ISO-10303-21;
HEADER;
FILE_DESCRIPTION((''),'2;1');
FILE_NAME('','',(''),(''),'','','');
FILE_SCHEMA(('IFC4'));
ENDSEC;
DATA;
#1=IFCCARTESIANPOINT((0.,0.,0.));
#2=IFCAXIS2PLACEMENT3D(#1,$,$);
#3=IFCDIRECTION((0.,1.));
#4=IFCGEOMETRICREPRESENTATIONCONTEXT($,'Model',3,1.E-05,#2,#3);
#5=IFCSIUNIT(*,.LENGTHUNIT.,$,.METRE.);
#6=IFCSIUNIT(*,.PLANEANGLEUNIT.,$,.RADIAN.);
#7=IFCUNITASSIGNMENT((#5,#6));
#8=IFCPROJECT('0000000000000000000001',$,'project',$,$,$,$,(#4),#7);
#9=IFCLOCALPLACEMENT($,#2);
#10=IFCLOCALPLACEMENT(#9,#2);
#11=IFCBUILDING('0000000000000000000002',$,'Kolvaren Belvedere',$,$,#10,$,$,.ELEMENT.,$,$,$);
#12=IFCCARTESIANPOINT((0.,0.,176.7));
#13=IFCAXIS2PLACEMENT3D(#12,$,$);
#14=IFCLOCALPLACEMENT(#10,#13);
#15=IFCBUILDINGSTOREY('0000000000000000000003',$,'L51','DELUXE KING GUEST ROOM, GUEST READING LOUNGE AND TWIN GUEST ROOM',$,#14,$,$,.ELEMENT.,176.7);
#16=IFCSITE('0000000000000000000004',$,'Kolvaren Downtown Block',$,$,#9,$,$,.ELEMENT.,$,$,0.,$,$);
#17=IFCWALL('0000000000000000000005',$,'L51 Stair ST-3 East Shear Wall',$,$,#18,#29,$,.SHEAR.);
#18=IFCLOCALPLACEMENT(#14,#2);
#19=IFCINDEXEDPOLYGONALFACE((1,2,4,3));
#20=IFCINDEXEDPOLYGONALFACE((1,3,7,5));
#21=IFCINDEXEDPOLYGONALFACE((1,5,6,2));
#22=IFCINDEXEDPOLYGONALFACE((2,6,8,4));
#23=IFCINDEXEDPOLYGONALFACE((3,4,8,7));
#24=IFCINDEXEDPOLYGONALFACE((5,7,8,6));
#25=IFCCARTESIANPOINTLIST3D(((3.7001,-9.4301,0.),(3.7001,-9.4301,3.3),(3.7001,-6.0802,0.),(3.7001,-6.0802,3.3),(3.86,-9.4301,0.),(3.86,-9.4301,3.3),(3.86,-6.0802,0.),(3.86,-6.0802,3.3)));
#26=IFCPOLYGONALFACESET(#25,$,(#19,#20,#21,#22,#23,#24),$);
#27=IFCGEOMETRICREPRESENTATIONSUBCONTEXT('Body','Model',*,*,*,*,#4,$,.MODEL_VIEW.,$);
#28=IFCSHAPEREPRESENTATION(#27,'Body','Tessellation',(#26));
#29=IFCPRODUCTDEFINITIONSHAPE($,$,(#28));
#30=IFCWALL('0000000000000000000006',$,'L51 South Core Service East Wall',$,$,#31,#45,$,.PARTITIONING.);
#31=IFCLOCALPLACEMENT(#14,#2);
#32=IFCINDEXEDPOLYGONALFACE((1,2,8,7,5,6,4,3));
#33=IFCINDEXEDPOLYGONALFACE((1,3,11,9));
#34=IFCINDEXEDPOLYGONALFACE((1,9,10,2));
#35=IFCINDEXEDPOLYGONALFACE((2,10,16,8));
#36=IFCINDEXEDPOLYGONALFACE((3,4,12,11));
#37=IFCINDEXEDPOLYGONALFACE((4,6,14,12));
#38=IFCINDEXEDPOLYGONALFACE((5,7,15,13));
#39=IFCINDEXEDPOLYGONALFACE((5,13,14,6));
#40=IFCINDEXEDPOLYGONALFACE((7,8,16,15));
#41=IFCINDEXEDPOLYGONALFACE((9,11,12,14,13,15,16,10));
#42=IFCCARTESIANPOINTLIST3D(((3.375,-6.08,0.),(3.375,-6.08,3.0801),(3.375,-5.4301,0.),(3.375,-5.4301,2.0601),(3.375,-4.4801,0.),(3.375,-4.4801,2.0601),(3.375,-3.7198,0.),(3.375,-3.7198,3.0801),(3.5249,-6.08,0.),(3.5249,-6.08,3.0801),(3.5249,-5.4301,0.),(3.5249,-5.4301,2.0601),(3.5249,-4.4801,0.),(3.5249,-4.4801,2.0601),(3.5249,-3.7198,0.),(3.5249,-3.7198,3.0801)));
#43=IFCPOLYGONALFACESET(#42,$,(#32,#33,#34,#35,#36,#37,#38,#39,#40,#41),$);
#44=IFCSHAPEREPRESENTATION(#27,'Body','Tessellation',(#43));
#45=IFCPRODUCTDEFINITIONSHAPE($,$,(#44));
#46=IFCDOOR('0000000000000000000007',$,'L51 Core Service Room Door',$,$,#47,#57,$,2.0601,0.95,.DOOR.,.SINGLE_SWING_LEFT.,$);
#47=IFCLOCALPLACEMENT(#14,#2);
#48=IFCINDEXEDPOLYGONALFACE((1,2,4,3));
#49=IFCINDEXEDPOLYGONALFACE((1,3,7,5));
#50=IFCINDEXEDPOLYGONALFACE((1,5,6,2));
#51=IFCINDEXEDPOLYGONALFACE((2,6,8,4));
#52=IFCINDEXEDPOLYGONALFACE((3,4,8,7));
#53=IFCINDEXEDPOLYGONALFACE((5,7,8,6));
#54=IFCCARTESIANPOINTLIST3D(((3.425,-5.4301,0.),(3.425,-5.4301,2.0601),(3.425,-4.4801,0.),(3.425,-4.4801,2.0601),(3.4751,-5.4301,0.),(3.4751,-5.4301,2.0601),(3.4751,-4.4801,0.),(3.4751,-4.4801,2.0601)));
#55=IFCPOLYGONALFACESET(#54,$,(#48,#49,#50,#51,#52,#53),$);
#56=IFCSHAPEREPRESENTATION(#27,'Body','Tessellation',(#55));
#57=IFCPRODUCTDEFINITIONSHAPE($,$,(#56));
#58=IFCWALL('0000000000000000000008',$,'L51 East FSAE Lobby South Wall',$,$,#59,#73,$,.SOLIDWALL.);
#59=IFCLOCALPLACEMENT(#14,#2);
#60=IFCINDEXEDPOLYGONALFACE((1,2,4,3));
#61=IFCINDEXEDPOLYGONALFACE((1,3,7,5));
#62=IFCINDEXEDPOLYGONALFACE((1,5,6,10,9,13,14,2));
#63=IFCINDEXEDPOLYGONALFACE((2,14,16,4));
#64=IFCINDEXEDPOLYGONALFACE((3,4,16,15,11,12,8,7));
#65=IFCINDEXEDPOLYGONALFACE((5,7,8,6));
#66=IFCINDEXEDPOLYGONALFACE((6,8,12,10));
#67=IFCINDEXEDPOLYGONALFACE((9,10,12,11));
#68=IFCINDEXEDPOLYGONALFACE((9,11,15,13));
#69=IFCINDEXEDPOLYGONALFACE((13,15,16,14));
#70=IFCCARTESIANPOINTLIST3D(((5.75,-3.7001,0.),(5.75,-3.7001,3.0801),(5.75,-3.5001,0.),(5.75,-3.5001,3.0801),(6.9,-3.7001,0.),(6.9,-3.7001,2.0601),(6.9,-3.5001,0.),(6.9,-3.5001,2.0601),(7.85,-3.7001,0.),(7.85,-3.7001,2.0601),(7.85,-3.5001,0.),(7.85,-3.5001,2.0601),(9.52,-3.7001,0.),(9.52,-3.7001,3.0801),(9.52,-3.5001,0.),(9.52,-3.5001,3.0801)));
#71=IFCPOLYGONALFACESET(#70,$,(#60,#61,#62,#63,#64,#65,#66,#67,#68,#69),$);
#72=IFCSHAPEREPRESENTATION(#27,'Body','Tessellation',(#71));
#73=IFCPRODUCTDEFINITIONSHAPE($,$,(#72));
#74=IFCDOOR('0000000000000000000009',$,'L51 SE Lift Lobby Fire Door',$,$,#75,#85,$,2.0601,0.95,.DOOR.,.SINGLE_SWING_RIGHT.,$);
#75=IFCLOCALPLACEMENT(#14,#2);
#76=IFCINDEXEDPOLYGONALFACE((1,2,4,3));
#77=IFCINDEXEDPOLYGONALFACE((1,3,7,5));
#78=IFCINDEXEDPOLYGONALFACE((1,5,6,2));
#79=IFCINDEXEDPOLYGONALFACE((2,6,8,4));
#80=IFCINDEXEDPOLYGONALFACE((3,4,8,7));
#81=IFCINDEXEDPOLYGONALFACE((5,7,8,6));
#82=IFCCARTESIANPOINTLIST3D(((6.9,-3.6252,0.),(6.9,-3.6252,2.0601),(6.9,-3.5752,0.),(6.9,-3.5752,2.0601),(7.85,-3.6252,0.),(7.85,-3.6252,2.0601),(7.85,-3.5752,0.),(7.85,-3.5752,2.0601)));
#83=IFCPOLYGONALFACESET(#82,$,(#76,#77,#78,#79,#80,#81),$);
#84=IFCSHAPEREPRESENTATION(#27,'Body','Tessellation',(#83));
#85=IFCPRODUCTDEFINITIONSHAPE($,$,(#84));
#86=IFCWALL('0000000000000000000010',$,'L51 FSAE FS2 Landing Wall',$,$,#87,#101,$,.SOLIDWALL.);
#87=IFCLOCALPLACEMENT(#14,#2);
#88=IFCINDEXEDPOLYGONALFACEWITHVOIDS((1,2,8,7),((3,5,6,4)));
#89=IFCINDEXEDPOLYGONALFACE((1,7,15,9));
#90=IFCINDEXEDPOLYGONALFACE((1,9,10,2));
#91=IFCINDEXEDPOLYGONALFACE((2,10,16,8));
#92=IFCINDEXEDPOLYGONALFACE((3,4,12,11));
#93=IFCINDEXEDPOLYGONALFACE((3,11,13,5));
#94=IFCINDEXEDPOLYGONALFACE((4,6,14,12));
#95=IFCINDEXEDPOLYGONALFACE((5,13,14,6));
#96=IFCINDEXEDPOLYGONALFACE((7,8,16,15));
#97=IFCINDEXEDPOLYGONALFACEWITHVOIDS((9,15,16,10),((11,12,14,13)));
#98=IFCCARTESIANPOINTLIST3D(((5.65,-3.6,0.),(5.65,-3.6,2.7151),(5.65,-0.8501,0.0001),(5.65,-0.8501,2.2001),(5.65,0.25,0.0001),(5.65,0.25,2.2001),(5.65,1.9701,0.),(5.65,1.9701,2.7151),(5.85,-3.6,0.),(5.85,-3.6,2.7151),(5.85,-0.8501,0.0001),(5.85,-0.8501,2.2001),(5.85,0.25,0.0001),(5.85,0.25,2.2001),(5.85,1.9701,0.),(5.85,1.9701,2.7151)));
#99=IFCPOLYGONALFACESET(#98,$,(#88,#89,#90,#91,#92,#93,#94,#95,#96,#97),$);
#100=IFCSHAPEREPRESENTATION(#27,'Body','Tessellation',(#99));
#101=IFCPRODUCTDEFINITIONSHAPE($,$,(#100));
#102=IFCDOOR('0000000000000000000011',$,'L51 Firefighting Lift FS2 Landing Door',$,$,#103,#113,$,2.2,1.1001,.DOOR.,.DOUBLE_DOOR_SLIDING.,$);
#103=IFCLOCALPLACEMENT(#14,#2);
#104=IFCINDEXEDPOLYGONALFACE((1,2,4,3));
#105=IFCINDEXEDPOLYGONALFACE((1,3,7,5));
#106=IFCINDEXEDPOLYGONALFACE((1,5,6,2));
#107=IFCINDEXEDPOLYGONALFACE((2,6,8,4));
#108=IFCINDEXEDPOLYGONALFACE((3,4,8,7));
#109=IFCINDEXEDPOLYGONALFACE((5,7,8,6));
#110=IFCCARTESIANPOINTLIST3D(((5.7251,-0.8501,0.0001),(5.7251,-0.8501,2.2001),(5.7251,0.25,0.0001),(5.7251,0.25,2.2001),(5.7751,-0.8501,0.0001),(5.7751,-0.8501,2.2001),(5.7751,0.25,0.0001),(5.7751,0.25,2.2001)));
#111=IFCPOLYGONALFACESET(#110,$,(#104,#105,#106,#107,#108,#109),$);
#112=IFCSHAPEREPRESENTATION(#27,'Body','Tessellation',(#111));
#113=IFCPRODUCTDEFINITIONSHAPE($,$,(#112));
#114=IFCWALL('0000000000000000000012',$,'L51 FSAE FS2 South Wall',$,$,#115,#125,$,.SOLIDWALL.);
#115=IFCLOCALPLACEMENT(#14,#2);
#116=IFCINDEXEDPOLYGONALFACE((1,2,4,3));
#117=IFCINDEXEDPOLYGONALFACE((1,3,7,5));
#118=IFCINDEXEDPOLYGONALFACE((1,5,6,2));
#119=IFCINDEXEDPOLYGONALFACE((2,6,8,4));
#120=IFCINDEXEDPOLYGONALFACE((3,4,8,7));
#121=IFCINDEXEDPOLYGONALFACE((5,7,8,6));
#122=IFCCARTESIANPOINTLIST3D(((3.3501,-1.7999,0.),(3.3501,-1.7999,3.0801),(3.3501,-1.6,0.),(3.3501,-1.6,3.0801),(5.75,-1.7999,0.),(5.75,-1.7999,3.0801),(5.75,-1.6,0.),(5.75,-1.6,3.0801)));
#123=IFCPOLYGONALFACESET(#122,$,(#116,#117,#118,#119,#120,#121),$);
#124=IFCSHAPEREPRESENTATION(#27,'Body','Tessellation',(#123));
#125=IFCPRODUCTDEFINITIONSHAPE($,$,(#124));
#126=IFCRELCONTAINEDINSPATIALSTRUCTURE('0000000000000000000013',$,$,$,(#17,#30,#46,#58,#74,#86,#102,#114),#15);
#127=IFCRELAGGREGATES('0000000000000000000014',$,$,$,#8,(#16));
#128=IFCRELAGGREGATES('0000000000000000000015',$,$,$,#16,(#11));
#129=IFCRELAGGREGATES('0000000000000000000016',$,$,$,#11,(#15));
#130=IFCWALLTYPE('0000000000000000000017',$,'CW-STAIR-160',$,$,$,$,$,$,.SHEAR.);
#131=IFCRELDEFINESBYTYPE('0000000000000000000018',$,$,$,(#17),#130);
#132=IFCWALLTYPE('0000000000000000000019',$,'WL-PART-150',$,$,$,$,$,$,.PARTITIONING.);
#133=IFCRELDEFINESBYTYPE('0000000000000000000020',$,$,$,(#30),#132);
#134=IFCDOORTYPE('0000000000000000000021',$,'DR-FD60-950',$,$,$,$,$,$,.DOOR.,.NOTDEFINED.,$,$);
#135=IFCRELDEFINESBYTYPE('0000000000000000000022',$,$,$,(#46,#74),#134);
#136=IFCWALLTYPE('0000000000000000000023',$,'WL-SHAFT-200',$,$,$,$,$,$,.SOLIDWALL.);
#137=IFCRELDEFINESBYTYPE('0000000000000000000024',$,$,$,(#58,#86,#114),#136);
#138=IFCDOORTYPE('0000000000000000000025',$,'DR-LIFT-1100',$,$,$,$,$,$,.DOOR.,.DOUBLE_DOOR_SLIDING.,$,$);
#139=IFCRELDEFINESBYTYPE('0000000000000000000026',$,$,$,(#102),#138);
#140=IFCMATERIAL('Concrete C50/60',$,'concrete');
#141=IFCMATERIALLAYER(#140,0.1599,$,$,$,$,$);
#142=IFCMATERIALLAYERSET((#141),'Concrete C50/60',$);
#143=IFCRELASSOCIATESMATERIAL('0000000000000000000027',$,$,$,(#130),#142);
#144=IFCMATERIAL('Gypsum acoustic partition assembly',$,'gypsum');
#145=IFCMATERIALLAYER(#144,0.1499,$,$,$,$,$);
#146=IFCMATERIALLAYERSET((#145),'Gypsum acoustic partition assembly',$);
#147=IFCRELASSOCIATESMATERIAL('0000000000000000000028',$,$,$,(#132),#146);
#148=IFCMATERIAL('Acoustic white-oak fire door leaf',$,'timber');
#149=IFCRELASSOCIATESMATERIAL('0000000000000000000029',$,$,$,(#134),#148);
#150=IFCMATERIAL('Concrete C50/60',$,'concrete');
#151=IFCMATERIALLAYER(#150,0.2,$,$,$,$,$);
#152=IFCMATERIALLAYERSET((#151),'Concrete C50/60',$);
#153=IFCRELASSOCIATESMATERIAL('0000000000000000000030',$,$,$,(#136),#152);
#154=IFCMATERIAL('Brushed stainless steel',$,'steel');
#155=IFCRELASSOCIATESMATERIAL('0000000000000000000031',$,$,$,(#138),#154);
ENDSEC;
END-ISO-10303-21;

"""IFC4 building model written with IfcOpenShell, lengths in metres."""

from ifc_helpers import new_model, si_unit, direction, frame, frame_2d, origin, place, context, subcontext, project, spatial, rectangle, extrude, material, layer, layer_set, type_object, element, fill, save


model = new_model("IFC4")

# Units and contexts
model_context = context("Model", 3, precision=1e-05, world=origin(), true_north=direction((0.0, 1.0)))
body_context = subcontext(model_context, "Body", "Model", "MODEL_VIEW")
ifc_project = project(units=[si_unit("LENGTHUNIT", "METRE"), si_unit("PLANEANGLEUNIT", "RADIAN")], contexts=[model_context])

# Site, building, storey
site_placement = place(None, origin())
site = spatial("IfcSite", under=ifc_project, at=site_placement, Name="Kolvaren Downtown Block", CompositionType="ELEMENT", RefElevation=0.0)
building_placement = place(site_placement, origin())
building = spatial("IfcBuilding", under=site, at=building_placement, Name="Kolvaren Belvedere", CompositionType="ELEMENT")
storey_placement = place(building_placement, frame((0.0, 0.0, 176.7)))
storey = spatial("IfcBuildingStorey", under=building, at=storey_placement, Name="L51", Description="DELUXE KING GUEST ROOM, GUEST READING LOUNGE AND TWIN GUEST ROOM", CompositionType="ELEMENT", Elevation=176.7)

# Shared definitions
ifc_material_1 = material(Name="Concrete C50/60", Category="concrete")
ifc_layer_1 = layer(ifc_material_1, 0.1599)
ifc_layer_set_1 = layer_set([ifc_layer_1], Name="Concrete C50/60")
wall_type_1 = type_object("IfcWallType", Name="CW-STAIR-160", PredefinedType="SHEAR", material=ifc_layer_set_1)

# Wall
wall_1_placement = place(storey_placement, frame((3.78, -9.4299, 0.0), z_axis=(0.0, 0.0, 1.0), x_axis=(0.0, 1.0, 0.0)))
element("IfcWall", 1, at=wall_1_placement, inside=storey, type_object=wall_type_1, Name="L51 Stair ST-3 East Shear Wall", PredefinedType="SHEAR", context=body_context, shape_type="SweptSolid", body=[
    extrude(rectangle(XDim=3.3499, YDim=0.1599, at=frame_2d((1.6748, 0.0))), origin(), (0.0, 0.0, 1.0), 3.3),
])

# Walls, openings, doors
ifc_material_2 = material(Name="Gypsum acoustic partition assembly", Category="gypsum")
ifc_layer_2 = layer(ifc_material_2, 0.1499)
ifc_layer_set_2 = layer_set([ifc_layer_2], Name="Gypsum acoustic partition assembly")
wall_type_2 = type_object("IfcWallType", Name="WL-PART-150", PredefinedType="PARTITIONING", material=ifc_layer_set_2)
wall_2_placement = place(storey_placement, frame((3.45, -6.0801, 0.0), z_axis=(0.0, 0.0, 1.0), x_axis=(0.0, 1.0, 0.0)))
wall_2 = element("IfcWall", 2, at=wall_2_placement, inside=storey, type_object=wall_type_2, Name="L51 South Core Service East Wall", PredefinedType="PARTITIONING", context=body_context, shape_type="SweptSolid", body=[
    extrude(rectangle(XDim=2.3601, YDim=0.1499, at=frame_2d((1.1802, 0.0))), origin(), (0.0, 0.0, 1.0), 3.0801),
])
opening_1_placement = place(wall_2_placement, frame((0.6499, 0.0, 0.0)))
opening_1 = element("IfcOpeningElement", 3, at=opening_1_placement, cuts=wall_2, PredefinedType="OPENING", context=body_context, shape_type="SweptSolid", body=[
    extrude(rectangle(XDim=0.95, YDim=2.0601, at=frame_2d((0.4751, 1.03))), frame((0.0, 0.085, 0.0), z_axis=(0.0, -1.0, 0.0), x_axis=(1.0, 0.0, 0.0)), (0.0, 0.0, 1.0), 0.1699),
])
ifc_material_3 = material(Name="Acoustic white-oak fire door leaf", Category="timber")
door_type_1 = type_object("IfcDoorType", Name="DR-FD60-950", OperationType="NOTDEFINED", PredefinedType="DOOR", material=ifc_material_3)
door_1_placement = place(opening_1_placement, origin())
door_1 = element("IfcDoor", 4, at=door_1_placement, inside=storey, type_object=door_type_1, Name="L51 Core Service Room Door", OperationType="SINGLE_SWING_LEFT", OverallHeight=2.0601, OverallWidth=0.95, PredefinedType="DOOR", context=body_context, shape_type="SweptSolid", body=[
    extrude(rectangle(XDim=0.95, YDim=2.0601, at=frame_2d((0.4751, 1.03))), frame((0.0, 0.0249, 0.0), z_axis=(0.0, -1.0, 0.0), x_axis=(1.0, 0.0, 0.0)), (0.0, 0.0, 1.0), 0.05),
])
fill(opening_1, door_1)
ifc_material_4 = material(Name="Concrete C50/60", Category="concrete")
ifc_layer_3 = layer(ifc_material_4, 0.2)
ifc_layer_set_3 = layer_set([ifc_layer_3], Name="Concrete C50/60")
wall_type_3 = type_object("IfcWallType", Name="WL-SHAFT-200", PredefinedType="SOLIDWALL", material=ifc_layer_set_3)
wall_3_placement = place(storey_placement, frame((5.75, -3.6001, 0.0), z_axis=(0.0, 0.0, 1.0), x_axis=(1.0, 0.0, 0.0)))
wall_3 = element("IfcWall", 5, at=wall_3_placement, inside=storey, type_object=wall_type_3, Name="L51 East FSAE Lobby South Wall", PredefinedType="SOLIDWALL", context=body_context, shape_type="SweptSolid", body=[
    extrude(rectangle(XDim=3.77, YDim=0.2, at=frame_2d((1.885, 0.0))), origin(), (0.0, 0.0, 1.0), 3.0801),
])
opening_2_placement = place(wall_3_placement, frame((1.1499, 0.0, 0.0)))
opening_2 = element("IfcOpeningElement", 6, at=opening_2_placement, cuts=wall_3, PredefinedType="OPENING", context=body_context, shape_type="SweptSolid", body=[
    extrude(rectangle(XDim=0.95, YDim=2.0601, at=frame_2d((0.4751, 1.03))), frame((0.0, 0.1099, 0.0), z_axis=(0.0, -1.0, 0.0), x_axis=(1.0, 0.0, 0.0)), (0.0, 0.0, 1.0), 0.22),
])
door_2_placement = place(opening_2_placement, origin())
door_2 = element("IfcDoor", 7, at=door_2_placement, inside=storey, type_object=door_type_1, Name="L51 SE Lift Lobby Fire Door", OperationType="SINGLE_SWING_RIGHT", OverallHeight=2.0601, OverallWidth=0.95, PredefinedType="DOOR", context=body_context, shape_type="SweptSolid", body=[
    extrude(rectangle(XDim=0.95, YDim=2.0601, at=frame_2d((0.4751, 1.03))), frame((0.0, 0.0249, 0.0), z_axis=(0.0, -1.0, 0.0), x_axis=(1.0, 0.0, 0.0)), (0.0, 0.0, 1.0), 0.05),
])
fill(opening_2, door_2)
wall_4_placement = place(storey_placement, frame((5.75, -3.6001, 0.0), z_axis=(0.0, 0.0, 1.0), x_axis=(0.0, 1.0, 0.0)))
wall_4 = element("IfcWall", 8, at=wall_4_placement, inside=storey, type_object=wall_type_3, Name="L51 FSAE FS2 Landing Wall", PredefinedType="SOLIDWALL", context=body_context, shape_type="SweptSolid", body=[
    extrude(rectangle(XDim=5.5701, YDim=0.2, at=frame_2d((2.7852, 0.0))), origin(), (0.0, 0.0, 1.0), 2.7151),
])
opening_3_placement = place(wall_4_placement, frame((2.75, 0.0, 0.0)))
opening_3 = element("IfcOpeningElement", 9, at=opening_3_placement, cuts=wall_4, PredefinedType="OPENING", context=body_context, shape_type="SweptSolid", body=[
    extrude(rectangle(XDim=1.1001, YDim=2.2, at=frame_2d((0.55, 1.1001))), frame((0.0, 0.1099, 0.0), z_axis=(0.0, -1.0, 0.0), x_axis=(1.0, 0.0, 0.0)), (0.0, 0.0, 1.0), 0.22),
])
ifc_material_5 = material(Name="Brushed stainless steel", Category="steel")
door_type_2 = type_object("IfcDoorType", Name="DR-LIFT-1100", OperationType="DOUBLE_DOOR_SLIDING", PredefinedType="DOOR", material=ifc_material_5)
door_3_placement = place(opening_3_placement, origin())
door_3 = element("IfcDoor", 10, at=door_3_placement, inside=storey, type_object=door_type_2, Name="L51 Firefighting Lift FS2 Landing Door", OperationType="DOUBLE_DOOR_SLIDING", OverallHeight=2.2, OverallWidth=1.1001, PredefinedType="DOOR", context=body_context, shape_type="SweptSolid", body=[
    extrude(rectangle(XDim=1.1001, YDim=2.2, at=frame_2d((0.55, 1.1001))), frame((0.0, 0.0249, 0.0), z_axis=(0.0, -1.0, 0.0), x_axis=(1.0, 0.0, 0.0)), (0.0, 0.0, 1.0), 0.05),
])
fill(opening_3, door_3)

# Wall
wall_5_placement = place(storey_placement, frame((3.3501, -1.7, 0.0), z_axis=(0.0, 0.0, 1.0), x_axis=(1.0, 0.0, 0.0)))
element("IfcWall", 11, at=wall_5_placement, inside=storey, type_object=wall_type_3, Name="L51 FSAE FS2 South Wall", PredefinedType="SOLIDWALL", context=body_context, shape_type="SweptSolid", body=[
    extrude(rectangle(XDim=2.3999, YDim=0.2, at=frame_2d((1.2, 0.0))), origin(), (0.0, 0.0, 1.0), 3.0801),
])

save(model, "model.ifc")
